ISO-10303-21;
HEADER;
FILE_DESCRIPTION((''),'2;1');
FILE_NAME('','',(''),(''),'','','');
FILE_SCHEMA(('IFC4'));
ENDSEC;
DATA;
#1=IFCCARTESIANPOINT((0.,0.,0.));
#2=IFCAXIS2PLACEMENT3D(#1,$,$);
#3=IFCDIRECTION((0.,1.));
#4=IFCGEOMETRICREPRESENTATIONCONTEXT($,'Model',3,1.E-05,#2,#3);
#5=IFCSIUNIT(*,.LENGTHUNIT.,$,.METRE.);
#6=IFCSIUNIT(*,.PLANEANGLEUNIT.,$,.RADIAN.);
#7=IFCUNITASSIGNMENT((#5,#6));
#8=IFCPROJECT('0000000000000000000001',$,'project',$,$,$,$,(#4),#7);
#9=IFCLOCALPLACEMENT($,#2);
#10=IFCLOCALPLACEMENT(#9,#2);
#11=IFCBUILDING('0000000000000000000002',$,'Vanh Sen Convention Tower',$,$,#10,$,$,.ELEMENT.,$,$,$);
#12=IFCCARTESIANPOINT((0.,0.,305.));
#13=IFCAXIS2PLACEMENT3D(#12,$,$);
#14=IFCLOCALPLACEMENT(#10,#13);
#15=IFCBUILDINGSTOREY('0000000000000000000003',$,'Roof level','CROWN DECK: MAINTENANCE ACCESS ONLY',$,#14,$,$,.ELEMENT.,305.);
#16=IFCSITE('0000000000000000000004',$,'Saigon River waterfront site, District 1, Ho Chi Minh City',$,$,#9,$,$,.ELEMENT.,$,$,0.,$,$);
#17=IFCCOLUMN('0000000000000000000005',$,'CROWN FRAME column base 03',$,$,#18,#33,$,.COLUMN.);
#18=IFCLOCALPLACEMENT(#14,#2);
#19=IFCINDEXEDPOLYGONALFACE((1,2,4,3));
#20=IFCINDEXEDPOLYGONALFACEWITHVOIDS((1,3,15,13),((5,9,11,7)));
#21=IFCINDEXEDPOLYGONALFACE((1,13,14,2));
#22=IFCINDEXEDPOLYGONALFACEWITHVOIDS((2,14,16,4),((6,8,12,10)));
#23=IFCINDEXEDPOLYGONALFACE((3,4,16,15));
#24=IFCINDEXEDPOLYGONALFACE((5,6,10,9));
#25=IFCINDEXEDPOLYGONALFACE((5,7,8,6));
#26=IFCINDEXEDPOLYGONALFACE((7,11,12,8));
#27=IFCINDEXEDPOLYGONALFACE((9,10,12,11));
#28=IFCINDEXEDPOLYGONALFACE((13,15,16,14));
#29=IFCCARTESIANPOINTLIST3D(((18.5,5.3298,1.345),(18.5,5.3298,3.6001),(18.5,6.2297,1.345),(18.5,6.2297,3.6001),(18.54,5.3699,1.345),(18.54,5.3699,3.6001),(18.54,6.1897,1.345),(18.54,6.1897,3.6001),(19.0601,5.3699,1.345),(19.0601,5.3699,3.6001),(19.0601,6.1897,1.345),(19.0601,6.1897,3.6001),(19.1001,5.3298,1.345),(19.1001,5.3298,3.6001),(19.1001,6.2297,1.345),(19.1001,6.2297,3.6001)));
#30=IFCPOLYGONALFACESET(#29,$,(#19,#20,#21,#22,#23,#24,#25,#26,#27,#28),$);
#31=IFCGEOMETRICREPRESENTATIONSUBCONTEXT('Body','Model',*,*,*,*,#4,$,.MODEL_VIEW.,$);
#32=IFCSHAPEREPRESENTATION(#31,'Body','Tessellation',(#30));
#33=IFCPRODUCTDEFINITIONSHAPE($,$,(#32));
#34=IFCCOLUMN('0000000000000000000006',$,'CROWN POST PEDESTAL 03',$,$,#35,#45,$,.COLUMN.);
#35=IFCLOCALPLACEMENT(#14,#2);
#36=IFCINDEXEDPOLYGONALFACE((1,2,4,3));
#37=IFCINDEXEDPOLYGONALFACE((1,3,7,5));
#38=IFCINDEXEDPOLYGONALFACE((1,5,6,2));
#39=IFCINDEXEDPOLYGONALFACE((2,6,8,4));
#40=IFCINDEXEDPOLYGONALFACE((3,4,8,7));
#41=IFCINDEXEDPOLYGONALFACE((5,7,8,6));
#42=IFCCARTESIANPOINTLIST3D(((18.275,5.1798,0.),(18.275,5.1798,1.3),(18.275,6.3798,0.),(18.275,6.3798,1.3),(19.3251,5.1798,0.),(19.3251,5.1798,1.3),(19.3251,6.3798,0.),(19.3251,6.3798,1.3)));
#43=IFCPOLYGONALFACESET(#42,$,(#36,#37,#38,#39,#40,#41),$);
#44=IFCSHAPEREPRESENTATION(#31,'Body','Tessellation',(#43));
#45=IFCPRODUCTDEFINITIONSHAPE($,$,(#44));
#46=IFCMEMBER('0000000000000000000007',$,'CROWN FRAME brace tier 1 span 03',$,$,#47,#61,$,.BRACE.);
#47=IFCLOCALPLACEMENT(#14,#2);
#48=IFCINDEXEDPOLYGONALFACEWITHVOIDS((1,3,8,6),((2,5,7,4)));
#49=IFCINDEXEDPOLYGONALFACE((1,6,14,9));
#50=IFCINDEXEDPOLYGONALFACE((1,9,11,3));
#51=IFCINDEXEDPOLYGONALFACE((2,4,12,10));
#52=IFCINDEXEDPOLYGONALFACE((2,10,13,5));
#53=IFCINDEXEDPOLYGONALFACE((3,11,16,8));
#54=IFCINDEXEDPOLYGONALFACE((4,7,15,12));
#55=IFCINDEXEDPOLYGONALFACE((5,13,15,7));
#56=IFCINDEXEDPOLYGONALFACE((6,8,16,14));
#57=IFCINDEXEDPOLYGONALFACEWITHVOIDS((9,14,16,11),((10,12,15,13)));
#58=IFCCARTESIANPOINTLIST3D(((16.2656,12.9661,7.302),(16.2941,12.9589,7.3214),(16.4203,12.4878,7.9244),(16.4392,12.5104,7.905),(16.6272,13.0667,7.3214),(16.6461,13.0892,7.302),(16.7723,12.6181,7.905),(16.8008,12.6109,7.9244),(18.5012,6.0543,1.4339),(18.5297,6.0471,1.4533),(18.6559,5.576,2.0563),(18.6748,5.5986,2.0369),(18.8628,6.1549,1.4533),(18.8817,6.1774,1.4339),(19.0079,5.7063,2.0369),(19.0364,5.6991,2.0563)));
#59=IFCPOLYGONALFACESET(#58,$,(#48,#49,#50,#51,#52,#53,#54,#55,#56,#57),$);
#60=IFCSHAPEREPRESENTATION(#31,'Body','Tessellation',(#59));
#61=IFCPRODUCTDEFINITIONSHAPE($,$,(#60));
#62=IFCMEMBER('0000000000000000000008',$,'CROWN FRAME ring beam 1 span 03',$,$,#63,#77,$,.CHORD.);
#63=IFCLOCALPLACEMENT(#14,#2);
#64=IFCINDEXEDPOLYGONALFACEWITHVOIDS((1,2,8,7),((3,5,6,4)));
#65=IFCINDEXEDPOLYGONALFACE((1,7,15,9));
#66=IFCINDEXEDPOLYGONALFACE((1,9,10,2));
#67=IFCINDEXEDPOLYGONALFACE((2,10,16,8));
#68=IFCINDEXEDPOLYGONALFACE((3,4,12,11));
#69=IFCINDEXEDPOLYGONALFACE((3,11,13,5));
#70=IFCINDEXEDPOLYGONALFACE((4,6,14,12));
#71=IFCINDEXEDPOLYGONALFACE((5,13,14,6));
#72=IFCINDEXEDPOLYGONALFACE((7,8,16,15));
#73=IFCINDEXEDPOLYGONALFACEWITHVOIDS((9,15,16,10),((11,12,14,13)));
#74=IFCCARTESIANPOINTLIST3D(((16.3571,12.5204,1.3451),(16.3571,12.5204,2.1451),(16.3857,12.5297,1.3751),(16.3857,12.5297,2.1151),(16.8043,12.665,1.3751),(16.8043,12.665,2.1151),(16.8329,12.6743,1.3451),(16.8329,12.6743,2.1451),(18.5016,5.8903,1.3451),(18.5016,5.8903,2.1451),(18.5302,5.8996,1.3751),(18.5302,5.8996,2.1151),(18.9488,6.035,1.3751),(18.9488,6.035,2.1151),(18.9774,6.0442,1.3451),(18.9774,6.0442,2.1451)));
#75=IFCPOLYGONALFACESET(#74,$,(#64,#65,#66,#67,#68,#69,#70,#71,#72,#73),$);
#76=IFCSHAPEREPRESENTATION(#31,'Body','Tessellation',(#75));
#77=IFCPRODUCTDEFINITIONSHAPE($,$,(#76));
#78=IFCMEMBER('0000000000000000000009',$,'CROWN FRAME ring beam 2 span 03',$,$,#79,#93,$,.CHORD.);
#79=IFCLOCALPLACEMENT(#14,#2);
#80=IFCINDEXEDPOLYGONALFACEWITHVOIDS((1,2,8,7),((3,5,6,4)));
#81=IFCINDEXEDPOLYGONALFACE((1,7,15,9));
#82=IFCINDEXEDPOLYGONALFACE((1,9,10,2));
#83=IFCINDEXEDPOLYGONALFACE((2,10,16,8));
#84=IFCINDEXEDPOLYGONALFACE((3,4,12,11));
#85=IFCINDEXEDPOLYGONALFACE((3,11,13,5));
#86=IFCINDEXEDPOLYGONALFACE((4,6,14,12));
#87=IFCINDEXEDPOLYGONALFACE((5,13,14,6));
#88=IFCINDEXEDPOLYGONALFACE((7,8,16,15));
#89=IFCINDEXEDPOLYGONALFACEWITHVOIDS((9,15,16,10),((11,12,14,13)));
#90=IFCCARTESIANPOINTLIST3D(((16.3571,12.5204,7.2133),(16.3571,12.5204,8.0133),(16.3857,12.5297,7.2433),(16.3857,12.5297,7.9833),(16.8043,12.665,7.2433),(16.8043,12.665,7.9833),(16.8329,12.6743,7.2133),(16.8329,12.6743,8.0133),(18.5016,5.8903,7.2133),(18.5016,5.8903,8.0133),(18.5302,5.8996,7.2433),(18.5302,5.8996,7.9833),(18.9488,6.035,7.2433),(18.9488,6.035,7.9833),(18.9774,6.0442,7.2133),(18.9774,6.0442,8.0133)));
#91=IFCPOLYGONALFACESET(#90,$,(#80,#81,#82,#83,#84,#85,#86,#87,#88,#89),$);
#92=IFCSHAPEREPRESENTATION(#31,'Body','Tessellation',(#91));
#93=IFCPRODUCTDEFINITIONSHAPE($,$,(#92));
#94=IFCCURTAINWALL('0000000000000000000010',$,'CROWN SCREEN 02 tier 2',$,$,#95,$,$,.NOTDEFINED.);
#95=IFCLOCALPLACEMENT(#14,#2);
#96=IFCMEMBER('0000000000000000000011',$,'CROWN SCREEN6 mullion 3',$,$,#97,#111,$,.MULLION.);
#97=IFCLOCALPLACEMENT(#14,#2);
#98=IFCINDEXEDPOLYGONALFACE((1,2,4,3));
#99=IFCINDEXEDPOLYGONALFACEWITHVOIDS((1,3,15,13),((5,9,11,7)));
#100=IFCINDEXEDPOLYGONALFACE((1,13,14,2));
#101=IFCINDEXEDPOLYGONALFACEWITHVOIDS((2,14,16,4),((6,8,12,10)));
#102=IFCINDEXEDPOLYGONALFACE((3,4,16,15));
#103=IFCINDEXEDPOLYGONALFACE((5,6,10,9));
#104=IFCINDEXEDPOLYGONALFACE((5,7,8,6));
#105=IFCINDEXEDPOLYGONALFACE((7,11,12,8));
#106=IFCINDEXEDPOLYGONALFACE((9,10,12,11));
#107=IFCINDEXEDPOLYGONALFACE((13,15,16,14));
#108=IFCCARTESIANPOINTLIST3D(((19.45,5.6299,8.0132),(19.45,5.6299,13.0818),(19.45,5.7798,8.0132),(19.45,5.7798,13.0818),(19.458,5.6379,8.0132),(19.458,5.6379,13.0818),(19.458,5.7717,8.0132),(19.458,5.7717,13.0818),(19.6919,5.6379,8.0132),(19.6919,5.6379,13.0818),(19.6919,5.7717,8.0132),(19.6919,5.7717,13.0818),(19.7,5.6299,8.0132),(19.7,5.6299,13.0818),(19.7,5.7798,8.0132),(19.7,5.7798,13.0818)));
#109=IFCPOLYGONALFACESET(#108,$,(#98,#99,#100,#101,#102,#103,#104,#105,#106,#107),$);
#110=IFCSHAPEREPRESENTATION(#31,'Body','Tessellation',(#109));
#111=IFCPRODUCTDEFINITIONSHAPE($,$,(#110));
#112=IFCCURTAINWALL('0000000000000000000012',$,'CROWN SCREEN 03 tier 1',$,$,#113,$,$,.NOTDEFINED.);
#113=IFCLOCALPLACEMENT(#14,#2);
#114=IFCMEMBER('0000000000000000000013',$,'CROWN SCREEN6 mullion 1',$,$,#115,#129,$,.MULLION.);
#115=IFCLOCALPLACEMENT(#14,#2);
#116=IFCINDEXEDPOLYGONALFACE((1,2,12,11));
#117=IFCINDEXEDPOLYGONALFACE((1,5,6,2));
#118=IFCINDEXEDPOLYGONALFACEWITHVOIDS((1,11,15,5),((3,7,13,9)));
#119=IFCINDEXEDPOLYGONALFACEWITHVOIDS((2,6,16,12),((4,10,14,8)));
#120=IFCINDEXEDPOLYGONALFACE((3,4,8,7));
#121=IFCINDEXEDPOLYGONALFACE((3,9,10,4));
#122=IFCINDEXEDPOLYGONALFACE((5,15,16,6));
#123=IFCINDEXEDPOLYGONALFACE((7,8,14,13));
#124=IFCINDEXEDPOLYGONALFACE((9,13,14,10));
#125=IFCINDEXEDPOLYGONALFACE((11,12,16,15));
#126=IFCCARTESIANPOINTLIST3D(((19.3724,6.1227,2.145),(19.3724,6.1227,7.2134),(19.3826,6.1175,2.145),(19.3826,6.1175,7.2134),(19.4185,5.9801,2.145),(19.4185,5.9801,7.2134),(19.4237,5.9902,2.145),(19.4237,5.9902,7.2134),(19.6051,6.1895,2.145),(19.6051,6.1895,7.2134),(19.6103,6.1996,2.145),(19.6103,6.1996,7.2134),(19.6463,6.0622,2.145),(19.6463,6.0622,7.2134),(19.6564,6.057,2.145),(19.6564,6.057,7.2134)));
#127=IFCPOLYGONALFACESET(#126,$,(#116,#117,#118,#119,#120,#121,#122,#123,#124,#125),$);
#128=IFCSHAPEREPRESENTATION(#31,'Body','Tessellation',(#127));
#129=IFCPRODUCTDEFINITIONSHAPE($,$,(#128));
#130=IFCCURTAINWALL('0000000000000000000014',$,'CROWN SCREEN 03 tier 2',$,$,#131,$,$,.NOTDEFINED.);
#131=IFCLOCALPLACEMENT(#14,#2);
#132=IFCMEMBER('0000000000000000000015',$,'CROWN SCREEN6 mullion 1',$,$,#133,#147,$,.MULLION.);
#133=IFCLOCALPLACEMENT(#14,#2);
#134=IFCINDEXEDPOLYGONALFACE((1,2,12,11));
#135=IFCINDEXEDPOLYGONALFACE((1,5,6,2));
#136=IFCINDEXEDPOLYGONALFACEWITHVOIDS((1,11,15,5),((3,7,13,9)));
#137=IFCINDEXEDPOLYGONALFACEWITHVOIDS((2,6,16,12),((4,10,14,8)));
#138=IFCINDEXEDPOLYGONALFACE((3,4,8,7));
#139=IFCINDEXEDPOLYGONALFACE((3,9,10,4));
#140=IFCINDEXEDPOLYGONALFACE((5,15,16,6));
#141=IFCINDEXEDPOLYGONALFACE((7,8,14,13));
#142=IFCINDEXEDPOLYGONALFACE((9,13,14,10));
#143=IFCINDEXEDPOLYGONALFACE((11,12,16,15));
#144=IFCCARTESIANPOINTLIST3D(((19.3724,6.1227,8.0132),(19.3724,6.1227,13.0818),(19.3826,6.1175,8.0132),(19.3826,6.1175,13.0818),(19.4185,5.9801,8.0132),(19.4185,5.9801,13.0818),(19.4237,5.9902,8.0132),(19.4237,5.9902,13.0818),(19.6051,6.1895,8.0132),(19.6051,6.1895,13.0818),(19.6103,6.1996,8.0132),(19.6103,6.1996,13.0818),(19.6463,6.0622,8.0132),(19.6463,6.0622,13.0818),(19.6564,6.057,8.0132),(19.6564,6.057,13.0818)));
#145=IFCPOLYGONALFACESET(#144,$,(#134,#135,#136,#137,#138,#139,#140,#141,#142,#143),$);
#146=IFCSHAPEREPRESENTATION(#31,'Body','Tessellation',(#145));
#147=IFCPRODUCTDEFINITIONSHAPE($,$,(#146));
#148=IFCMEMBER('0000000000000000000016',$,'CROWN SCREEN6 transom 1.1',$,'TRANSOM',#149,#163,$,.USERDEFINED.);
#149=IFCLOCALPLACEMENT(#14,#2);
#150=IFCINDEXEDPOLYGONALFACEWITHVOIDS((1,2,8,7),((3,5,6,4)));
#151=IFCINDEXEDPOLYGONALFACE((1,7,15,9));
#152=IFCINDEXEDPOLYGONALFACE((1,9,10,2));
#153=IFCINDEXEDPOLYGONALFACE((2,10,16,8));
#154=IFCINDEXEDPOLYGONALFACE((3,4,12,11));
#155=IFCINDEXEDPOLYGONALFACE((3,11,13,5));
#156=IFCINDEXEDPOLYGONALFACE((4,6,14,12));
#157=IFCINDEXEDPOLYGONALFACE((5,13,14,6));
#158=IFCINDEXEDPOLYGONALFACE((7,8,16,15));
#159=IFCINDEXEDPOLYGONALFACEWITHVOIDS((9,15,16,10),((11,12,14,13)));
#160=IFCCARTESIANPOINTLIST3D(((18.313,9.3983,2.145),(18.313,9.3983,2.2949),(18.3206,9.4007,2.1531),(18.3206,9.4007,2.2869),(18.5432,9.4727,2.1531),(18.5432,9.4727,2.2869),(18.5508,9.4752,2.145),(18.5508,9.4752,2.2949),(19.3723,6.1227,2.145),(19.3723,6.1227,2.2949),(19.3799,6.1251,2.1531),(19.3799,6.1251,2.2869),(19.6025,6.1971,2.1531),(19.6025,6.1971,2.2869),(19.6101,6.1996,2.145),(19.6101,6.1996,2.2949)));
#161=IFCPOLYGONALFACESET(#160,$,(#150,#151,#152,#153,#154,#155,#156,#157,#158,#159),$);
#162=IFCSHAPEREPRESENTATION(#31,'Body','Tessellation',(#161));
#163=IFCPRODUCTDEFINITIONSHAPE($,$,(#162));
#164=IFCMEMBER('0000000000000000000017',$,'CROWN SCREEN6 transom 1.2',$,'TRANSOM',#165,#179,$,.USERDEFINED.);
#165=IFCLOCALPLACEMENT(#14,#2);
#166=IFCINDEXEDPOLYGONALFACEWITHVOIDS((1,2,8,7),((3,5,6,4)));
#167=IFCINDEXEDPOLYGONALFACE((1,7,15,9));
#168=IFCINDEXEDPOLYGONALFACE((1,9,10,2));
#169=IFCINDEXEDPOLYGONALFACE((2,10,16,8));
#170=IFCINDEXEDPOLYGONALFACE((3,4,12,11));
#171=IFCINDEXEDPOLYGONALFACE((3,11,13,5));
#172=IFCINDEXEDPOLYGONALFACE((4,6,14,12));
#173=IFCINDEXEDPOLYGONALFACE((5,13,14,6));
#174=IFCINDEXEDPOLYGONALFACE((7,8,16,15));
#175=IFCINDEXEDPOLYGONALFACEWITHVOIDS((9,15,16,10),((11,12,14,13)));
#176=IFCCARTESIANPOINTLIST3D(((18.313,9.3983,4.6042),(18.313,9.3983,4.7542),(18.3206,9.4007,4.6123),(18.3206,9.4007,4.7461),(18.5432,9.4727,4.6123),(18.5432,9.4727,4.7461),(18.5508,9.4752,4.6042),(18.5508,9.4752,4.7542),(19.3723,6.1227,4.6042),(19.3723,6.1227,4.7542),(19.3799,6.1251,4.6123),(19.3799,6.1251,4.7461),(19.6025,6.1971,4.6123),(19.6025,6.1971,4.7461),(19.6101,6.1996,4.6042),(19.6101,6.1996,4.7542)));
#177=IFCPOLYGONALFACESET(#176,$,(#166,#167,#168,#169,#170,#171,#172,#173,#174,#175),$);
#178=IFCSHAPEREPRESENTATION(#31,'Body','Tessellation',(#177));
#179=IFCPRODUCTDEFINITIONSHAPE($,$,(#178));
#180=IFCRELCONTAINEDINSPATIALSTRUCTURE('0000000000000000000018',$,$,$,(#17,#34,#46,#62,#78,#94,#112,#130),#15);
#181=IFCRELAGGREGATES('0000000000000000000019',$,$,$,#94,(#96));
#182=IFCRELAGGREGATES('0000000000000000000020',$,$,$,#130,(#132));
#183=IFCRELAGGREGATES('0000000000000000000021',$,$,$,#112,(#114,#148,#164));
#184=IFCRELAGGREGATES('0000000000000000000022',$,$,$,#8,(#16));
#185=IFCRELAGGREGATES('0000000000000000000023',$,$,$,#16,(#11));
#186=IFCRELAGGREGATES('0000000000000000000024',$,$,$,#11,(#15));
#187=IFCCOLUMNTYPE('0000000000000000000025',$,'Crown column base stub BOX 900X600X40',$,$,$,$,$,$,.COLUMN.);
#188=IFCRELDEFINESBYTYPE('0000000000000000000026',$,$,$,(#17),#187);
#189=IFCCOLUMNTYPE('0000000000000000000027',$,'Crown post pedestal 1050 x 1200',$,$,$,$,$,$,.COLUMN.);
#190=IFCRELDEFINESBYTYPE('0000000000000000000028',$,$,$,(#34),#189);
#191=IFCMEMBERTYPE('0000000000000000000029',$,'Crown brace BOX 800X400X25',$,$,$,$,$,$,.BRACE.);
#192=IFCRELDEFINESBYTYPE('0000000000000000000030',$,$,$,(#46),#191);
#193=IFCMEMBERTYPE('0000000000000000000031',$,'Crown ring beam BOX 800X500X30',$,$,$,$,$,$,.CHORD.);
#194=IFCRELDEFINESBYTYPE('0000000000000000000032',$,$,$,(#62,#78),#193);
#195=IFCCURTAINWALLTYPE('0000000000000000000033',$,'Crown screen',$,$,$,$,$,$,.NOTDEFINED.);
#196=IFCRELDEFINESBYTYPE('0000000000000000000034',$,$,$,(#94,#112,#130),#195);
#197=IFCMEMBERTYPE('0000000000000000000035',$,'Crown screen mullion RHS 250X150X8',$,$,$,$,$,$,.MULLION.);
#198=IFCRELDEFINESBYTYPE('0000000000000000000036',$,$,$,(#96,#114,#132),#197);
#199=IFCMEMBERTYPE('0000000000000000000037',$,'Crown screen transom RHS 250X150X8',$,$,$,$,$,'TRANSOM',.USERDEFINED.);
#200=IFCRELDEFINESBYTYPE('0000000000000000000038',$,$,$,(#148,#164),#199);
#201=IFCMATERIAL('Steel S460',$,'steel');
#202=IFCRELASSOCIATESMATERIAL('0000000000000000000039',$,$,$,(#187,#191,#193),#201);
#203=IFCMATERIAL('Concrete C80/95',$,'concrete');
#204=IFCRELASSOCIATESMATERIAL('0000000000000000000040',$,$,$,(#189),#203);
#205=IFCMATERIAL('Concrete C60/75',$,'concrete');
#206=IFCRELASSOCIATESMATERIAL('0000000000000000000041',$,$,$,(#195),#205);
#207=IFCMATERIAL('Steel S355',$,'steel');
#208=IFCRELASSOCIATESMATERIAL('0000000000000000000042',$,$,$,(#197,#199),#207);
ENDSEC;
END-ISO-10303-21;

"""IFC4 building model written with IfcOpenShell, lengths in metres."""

from ifc_helpers import new_model, si_unit, direction, frame, origin, origin_2d, place, context, subcontext, project, spatial, rectangle, hollow_rectangle, extrude, material, material_profile, profile_set, type_object, element, aggregate, save


model = new_model("IFC4")

# Units and contexts
model_context = context("Model", 3, precision=1e-05, world=origin(), true_north=direction((0.0, 1.0)))
body_context = subcontext(model_context, "Body", "Model", "MODEL_VIEW")
ifc_project = project(units=[si_unit("LENGTHUNIT", "METRE"), si_unit("PLANEANGLEUNIT", "RADIAN")], contexts=[model_context])

# Site, building, storey
site_placement = place(None, origin())
site = spatial("IfcSite", under=ifc_project, at=site_placement, Name="Saigon River waterfront site, District 1, Ho Chi Minh City", CompositionType="ELEMENT", RefElevation=0.0)
building_placement = place(site_placement, origin())
building = spatial("IfcBuilding", under=site, at=building_placement, Name="Vanh Sen Convention Tower", CompositionType="ELEMENT")
storey_placement = place(building_placement, frame((0.0, 0.0, 305.0)))
storey = spatial("IfcBuildingStorey", under=building, at=storey_placement, Name="Roof level", Description="CROWN DECK: MAINTENANCE ACCESS ONLY", CompositionType="ELEMENT", Elevation=305.0)

# Columns
ifc_material_1 = material(Name="Steel S460", Category="steel")
ifc_material_profile_1 = material_profile(ifc_material_1, hollow_rectangle(XDim=0.6001, YDim=0.8999, WallThickness=0.04, at=origin_2d()), Name="BOX 900X600X40")
ifc_profile_set_1 = profile_set([ifc_material_profile_1], Name="Steel S460")
column_type_1 = type_object("IfcColumnType", Name="Crown column base stub BOX 900X600X40", PredefinedType="COLUMN", material=ifc_profile_set_1)
column_1_placement = place(storey_placement, frame((18.8, 5.7798, 1.345), z_axis=(0.0, 0.0, 1.0), x_axis=(-1.0, 0.0, 0.0)))
element("IfcColumn", 1, at=column_1_placement, inside=storey, type_object=column_type_1, Name="CROWN FRAME column base 03", PredefinedType="COLUMN", context=body_context, shape_type="SweptSolid", body=[
    extrude(hollow_rectangle(XDim=0.6001, YDim=0.8999, WallThickness=0.04, at=origin_2d()), origin(), (0.0, 0.0, 1.0), 2.2551),
])
ifc_material_2 = material(Name="Concrete C80/95", Category="concrete")
ifc_material_profile_2 = material_profile(ifc_material_2, rectangle(XDim=1.05, YDim=1.2, at=origin_2d()), Name="RC 1050X1200")
ifc_profile_set_2 = profile_set([ifc_material_profile_2], Name="Concrete C80/95")
column_type_2 = type_object("IfcColumnType", Name="Crown post pedestal 1050 x 1200", PredefinedType="COLUMN", material=ifc_profile_set_2)
column_2_placement = place(storey_placement, frame((18.8, 5.7798, 0.0), z_axis=(0.0, 0.0, 1.0), x_axis=(-1.0, 0.0, 0.0)))
element("IfcColumn", 2, at=column_2_placement, inside=storey, type_object=column_type_2, Name="CROWN POST PEDESTAL 03", PredefinedType="COLUMN", context=body_context, shape_type="SweptSolid", body=[
    extrude(rectangle(XDim=1.05, YDim=1.2, at=origin_2d()), origin(), (0.0, 0.0, 1.0), 1.3),
])

# Members
ifc_material_profile_3 = material_profile(ifc_material_1, hollow_rectangle(XDim=0.3999, YDim=0.8, WallThickness=0.0249, at=origin_2d()), Name="BOX 800X400X25")
ifc_profile_set_3 = profile_set([ifc_material_profile_3], Name="Steel S460")
member_type_1 = type_object("IfcMemberType", Name="Crown brace BOX 800X400X25", PredefinedType="BRACE", material=ifc_profile_set_3)
member_1_placement = place(storey_placement, frame((18.7688, 5.8767, 1.7451), z_axis=(-0.239396, 0.740149, 0.628386), x_axis=(-0.951469, -0.307746, 0.0)))
element("IfcMember", 3, at=member_1_placement, inside=storey, type_object=member_type_1, Name="CROWN FRAME brace tier 1 span 03", PredefinedType="BRACE", context=body_context, shape_type="SweptSolid", body=[
    extrude(hollow_rectangle(XDim=0.3999, YDim=0.8, WallThickness=0.0249, at=origin_2d()), origin(), (0.0, 0.0, 1.0), 9.3384),
])
ifc_material_profile_4 = material_profile(ifc_material_1, hollow_rectangle(XDim=0.5, YDim=0.8, WallThickness=0.03, at=origin_2d()), Name="BOX 800X500X30")
ifc_profile_set_4 = profile_set([ifc_material_profile_4], Name="Steel S460")
member_type_2 = type_object("IfcMemberType", Name="Crown ring beam BOX 800X500X30", PredefinedType="CHORD", material=ifc_profile_set_4)
for number, where, z_axis, x_axis, name in (
    (4, (18.7395, 5.9673, 1.7451), (-0.307754, 0.951466, 0.0), (-0.951466, -0.307754, 0.0), "CROWN FRAME ring beam 1 span 03"),
    (5, (18.7395, 5.9673, 7.6133), (-0.307754, 0.951466, 0.0), (-0.951466, -0.307754, 0.0), "CROWN FRAME ring beam 2 span 03"),
):
    element("IfcMember", number, at=place(storey_placement, frame(where, z_axis=z_axis, x_axis=x_axis)), inside=storey, type_object=member_type_2, Name=name, PredefinedType="CHORD", context=body_context, shape_type="SweptSolid", body=[
        extrude(hollow_rectangle(XDim=0.5, YDim=0.8, WallThickness=0.03, at=origin_2d()), origin(), (0.0, 0.0, 1.0), 6.9683),
    ])

# Curtain walls, members
ifc_material_3 = material(Name="Concrete C60/75", Category="concrete")
curtain_wall_type = type_object("IfcCurtainWallType", Name="Crown screen", PredefinedType="NOTDEFINED", material=ifc_material_3)
curtain_wall_1_placement = place(storey_placement, origin())
curtain_wall_1 = element("IfcCurtainWall", 6, at=curtain_wall_1_placement, inside=storey, type_object=curtain_wall_type, Name="CROWN SCREEN 02 tier 2", PredefinedType="NOTDEFINED")
ifc_material_4 = material(Name="Steel S355", Category="steel")
ifc_material_profile_5 = material_profile(ifc_material_4, hollow_rectangle(XDim=0.25, YDim=0.1499, WallThickness=0.0081, at=origin_2d()), Name="RHS 250X150X8")
ifc_profile_set_5 = profile_set([ifc_material_profile_5], Name="Steel S355")
member_type_3 = type_object("IfcMemberType", Name="Crown screen mullion RHS 250X150X8", PredefinedType="MULLION", material=ifc_profile_set_5)
member_2_placement = place(storey_placement, frame((19.575, 5.7048, 8.0132), z_axis=(0.0, 0.0, 1.0), x_axis=(-1.0, 0.0, 0.0)))
member_2 = element("IfcMember", 7, at=member_2_placement, type_object=member_type_3, Name="CROWN SCREEN6 mullion 3", PredefinedType="MULLION", context=body_context, shape_type="SweptSolid", body=[
    extrude(hollow_rectangle(XDim=0.25, YDim=0.1499, WallThickness=0.0081, at=origin_2d()), origin(), (0.0, 0.0, 1.0), 5.0686),
])
aggregate(curtain_wall_1, [member_2])
curtain_wall_2_placement = place(storey_placement, origin())
curtain_wall_2 = element("IfcCurtainWall", 8, at=curtain_wall_2_placement, inside=storey, type_object=curtain_wall_type, Name="CROWN SCREEN 03 tier 1", PredefinedType="NOTDEFINED")
member_3_placement = place(storey_placement, frame((19.5144, 6.0898, 2.145), z_axis=(0.0, 0.0, 1.0), x_axis=(-0.951473, -0.307733, 0.0)))
member_3 = element("IfcMember", 9, at=member_3_placement, type_object=member_type_3, Name="CROWN SCREEN6 mullion 1", PredefinedType="MULLION", context=body_context, shape_type="SweptSolid", body=[
    extrude(hollow_rectangle(XDim=0.25, YDim=0.1499, WallThickness=0.0081, at=origin_2d()), origin(), (0.0, 0.0, 1.0), 5.0684),
])
curtain_wall_3_placement = place(storey_placement, origin())
curtain_wall_3 = element("IfcCurtainWall", 10, at=curtain_wall_3_placement, inside=storey, type_object=curtain_wall_type, Name="CROWN SCREEN 03 tier 2", PredefinedType="NOTDEFINED")
member_4_placement = place(storey_placement, frame((19.5144, 6.0898, 8.0132), z_axis=(0.0, 0.0, 1.0), x_axis=(-0.951473, -0.307733, 0.0)))
member_4 = element("IfcMember", 11, at=member_4_placement, type_object=member_type_3, Name="CROWN SCREEN6 mullion 1", PredefinedType="MULLION", context=body_context, shape_type="SweptSolid", body=[
    extrude(hollow_rectangle(XDim=0.25, YDim=0.1499, WallThickness=0.0081, at=origin_2d()), origin(), (0.0, 0.0, 1.0), 5.0686),
])
aggregate(curtain_wall_3, [member_4])

# Members
ifc_material_profile_6 = material_profile(ifc_material_4, hollow_rectangle(XDim=0.25, YDim=0.1499, WallThickness=0.0081, at=origin_2d()), Name="RHS 250X150X8")
ifc_profile_set_6 = profile_set([ifc_material_profile_6], Name="Steel S355")
member_type_4 = type_object("IfcMemberType", Name="Crown screen transom RHS 250X150X8", ElementType="TRANSOM", PredefinedType="USERDEFINED", material=ifc_profile_set_6)
member_5_placement = place(storey_placement, frame((19.4912, 6.1611, 2.22), z_axis=(-0.307705, 0.951482, 0.0), x_axis=(-0.951482, -0.307705, 0.0)))
member_5 = element("IfcMember", 12, at=member_5_placement, type_object=member_type_4, Name="CROWN SCREEN6 transom 1.1", ObjectType="TRANSOM", PredefinedType="USERDEFINED", context=body_context, shape_type="SweptSolid", body=[
    extrude(hollow_rectangle(XDim=0.25, YDim=0.1499, WallThickness=0.0081, at=origin_2d()), origin(), (0.0, 0.0, 1.0), 3.4426),
])
member_6_placement = place(storey_placement, frame((19.4912, 6.1611, 4.6792), z_axis=(-0.307705, 0.951482, 0.0), x_axis=(-0.951482, -0.307705, 0.0)))
member_6 = element("IfcMember", 13, at=member_6_placement, type_object=member_type_4, Name="CROWN SCREEN6 transom 1.2", ObjectType="TRANSOM", PredefinedType="USERDEFINED", context=body_context, shape_type="SweptSolid", body=[
    extrude(hollow_rectangle(XDim=0.25, YDim=0.1499, WallThickness=0.0081, at=origin_2d()), origin(), (0.0, 0.0, 1.0), 3.4426),
])

aggregate(curtain_wall_2, [member_3, member_5, member_6])

save(model, "model.ifc")
